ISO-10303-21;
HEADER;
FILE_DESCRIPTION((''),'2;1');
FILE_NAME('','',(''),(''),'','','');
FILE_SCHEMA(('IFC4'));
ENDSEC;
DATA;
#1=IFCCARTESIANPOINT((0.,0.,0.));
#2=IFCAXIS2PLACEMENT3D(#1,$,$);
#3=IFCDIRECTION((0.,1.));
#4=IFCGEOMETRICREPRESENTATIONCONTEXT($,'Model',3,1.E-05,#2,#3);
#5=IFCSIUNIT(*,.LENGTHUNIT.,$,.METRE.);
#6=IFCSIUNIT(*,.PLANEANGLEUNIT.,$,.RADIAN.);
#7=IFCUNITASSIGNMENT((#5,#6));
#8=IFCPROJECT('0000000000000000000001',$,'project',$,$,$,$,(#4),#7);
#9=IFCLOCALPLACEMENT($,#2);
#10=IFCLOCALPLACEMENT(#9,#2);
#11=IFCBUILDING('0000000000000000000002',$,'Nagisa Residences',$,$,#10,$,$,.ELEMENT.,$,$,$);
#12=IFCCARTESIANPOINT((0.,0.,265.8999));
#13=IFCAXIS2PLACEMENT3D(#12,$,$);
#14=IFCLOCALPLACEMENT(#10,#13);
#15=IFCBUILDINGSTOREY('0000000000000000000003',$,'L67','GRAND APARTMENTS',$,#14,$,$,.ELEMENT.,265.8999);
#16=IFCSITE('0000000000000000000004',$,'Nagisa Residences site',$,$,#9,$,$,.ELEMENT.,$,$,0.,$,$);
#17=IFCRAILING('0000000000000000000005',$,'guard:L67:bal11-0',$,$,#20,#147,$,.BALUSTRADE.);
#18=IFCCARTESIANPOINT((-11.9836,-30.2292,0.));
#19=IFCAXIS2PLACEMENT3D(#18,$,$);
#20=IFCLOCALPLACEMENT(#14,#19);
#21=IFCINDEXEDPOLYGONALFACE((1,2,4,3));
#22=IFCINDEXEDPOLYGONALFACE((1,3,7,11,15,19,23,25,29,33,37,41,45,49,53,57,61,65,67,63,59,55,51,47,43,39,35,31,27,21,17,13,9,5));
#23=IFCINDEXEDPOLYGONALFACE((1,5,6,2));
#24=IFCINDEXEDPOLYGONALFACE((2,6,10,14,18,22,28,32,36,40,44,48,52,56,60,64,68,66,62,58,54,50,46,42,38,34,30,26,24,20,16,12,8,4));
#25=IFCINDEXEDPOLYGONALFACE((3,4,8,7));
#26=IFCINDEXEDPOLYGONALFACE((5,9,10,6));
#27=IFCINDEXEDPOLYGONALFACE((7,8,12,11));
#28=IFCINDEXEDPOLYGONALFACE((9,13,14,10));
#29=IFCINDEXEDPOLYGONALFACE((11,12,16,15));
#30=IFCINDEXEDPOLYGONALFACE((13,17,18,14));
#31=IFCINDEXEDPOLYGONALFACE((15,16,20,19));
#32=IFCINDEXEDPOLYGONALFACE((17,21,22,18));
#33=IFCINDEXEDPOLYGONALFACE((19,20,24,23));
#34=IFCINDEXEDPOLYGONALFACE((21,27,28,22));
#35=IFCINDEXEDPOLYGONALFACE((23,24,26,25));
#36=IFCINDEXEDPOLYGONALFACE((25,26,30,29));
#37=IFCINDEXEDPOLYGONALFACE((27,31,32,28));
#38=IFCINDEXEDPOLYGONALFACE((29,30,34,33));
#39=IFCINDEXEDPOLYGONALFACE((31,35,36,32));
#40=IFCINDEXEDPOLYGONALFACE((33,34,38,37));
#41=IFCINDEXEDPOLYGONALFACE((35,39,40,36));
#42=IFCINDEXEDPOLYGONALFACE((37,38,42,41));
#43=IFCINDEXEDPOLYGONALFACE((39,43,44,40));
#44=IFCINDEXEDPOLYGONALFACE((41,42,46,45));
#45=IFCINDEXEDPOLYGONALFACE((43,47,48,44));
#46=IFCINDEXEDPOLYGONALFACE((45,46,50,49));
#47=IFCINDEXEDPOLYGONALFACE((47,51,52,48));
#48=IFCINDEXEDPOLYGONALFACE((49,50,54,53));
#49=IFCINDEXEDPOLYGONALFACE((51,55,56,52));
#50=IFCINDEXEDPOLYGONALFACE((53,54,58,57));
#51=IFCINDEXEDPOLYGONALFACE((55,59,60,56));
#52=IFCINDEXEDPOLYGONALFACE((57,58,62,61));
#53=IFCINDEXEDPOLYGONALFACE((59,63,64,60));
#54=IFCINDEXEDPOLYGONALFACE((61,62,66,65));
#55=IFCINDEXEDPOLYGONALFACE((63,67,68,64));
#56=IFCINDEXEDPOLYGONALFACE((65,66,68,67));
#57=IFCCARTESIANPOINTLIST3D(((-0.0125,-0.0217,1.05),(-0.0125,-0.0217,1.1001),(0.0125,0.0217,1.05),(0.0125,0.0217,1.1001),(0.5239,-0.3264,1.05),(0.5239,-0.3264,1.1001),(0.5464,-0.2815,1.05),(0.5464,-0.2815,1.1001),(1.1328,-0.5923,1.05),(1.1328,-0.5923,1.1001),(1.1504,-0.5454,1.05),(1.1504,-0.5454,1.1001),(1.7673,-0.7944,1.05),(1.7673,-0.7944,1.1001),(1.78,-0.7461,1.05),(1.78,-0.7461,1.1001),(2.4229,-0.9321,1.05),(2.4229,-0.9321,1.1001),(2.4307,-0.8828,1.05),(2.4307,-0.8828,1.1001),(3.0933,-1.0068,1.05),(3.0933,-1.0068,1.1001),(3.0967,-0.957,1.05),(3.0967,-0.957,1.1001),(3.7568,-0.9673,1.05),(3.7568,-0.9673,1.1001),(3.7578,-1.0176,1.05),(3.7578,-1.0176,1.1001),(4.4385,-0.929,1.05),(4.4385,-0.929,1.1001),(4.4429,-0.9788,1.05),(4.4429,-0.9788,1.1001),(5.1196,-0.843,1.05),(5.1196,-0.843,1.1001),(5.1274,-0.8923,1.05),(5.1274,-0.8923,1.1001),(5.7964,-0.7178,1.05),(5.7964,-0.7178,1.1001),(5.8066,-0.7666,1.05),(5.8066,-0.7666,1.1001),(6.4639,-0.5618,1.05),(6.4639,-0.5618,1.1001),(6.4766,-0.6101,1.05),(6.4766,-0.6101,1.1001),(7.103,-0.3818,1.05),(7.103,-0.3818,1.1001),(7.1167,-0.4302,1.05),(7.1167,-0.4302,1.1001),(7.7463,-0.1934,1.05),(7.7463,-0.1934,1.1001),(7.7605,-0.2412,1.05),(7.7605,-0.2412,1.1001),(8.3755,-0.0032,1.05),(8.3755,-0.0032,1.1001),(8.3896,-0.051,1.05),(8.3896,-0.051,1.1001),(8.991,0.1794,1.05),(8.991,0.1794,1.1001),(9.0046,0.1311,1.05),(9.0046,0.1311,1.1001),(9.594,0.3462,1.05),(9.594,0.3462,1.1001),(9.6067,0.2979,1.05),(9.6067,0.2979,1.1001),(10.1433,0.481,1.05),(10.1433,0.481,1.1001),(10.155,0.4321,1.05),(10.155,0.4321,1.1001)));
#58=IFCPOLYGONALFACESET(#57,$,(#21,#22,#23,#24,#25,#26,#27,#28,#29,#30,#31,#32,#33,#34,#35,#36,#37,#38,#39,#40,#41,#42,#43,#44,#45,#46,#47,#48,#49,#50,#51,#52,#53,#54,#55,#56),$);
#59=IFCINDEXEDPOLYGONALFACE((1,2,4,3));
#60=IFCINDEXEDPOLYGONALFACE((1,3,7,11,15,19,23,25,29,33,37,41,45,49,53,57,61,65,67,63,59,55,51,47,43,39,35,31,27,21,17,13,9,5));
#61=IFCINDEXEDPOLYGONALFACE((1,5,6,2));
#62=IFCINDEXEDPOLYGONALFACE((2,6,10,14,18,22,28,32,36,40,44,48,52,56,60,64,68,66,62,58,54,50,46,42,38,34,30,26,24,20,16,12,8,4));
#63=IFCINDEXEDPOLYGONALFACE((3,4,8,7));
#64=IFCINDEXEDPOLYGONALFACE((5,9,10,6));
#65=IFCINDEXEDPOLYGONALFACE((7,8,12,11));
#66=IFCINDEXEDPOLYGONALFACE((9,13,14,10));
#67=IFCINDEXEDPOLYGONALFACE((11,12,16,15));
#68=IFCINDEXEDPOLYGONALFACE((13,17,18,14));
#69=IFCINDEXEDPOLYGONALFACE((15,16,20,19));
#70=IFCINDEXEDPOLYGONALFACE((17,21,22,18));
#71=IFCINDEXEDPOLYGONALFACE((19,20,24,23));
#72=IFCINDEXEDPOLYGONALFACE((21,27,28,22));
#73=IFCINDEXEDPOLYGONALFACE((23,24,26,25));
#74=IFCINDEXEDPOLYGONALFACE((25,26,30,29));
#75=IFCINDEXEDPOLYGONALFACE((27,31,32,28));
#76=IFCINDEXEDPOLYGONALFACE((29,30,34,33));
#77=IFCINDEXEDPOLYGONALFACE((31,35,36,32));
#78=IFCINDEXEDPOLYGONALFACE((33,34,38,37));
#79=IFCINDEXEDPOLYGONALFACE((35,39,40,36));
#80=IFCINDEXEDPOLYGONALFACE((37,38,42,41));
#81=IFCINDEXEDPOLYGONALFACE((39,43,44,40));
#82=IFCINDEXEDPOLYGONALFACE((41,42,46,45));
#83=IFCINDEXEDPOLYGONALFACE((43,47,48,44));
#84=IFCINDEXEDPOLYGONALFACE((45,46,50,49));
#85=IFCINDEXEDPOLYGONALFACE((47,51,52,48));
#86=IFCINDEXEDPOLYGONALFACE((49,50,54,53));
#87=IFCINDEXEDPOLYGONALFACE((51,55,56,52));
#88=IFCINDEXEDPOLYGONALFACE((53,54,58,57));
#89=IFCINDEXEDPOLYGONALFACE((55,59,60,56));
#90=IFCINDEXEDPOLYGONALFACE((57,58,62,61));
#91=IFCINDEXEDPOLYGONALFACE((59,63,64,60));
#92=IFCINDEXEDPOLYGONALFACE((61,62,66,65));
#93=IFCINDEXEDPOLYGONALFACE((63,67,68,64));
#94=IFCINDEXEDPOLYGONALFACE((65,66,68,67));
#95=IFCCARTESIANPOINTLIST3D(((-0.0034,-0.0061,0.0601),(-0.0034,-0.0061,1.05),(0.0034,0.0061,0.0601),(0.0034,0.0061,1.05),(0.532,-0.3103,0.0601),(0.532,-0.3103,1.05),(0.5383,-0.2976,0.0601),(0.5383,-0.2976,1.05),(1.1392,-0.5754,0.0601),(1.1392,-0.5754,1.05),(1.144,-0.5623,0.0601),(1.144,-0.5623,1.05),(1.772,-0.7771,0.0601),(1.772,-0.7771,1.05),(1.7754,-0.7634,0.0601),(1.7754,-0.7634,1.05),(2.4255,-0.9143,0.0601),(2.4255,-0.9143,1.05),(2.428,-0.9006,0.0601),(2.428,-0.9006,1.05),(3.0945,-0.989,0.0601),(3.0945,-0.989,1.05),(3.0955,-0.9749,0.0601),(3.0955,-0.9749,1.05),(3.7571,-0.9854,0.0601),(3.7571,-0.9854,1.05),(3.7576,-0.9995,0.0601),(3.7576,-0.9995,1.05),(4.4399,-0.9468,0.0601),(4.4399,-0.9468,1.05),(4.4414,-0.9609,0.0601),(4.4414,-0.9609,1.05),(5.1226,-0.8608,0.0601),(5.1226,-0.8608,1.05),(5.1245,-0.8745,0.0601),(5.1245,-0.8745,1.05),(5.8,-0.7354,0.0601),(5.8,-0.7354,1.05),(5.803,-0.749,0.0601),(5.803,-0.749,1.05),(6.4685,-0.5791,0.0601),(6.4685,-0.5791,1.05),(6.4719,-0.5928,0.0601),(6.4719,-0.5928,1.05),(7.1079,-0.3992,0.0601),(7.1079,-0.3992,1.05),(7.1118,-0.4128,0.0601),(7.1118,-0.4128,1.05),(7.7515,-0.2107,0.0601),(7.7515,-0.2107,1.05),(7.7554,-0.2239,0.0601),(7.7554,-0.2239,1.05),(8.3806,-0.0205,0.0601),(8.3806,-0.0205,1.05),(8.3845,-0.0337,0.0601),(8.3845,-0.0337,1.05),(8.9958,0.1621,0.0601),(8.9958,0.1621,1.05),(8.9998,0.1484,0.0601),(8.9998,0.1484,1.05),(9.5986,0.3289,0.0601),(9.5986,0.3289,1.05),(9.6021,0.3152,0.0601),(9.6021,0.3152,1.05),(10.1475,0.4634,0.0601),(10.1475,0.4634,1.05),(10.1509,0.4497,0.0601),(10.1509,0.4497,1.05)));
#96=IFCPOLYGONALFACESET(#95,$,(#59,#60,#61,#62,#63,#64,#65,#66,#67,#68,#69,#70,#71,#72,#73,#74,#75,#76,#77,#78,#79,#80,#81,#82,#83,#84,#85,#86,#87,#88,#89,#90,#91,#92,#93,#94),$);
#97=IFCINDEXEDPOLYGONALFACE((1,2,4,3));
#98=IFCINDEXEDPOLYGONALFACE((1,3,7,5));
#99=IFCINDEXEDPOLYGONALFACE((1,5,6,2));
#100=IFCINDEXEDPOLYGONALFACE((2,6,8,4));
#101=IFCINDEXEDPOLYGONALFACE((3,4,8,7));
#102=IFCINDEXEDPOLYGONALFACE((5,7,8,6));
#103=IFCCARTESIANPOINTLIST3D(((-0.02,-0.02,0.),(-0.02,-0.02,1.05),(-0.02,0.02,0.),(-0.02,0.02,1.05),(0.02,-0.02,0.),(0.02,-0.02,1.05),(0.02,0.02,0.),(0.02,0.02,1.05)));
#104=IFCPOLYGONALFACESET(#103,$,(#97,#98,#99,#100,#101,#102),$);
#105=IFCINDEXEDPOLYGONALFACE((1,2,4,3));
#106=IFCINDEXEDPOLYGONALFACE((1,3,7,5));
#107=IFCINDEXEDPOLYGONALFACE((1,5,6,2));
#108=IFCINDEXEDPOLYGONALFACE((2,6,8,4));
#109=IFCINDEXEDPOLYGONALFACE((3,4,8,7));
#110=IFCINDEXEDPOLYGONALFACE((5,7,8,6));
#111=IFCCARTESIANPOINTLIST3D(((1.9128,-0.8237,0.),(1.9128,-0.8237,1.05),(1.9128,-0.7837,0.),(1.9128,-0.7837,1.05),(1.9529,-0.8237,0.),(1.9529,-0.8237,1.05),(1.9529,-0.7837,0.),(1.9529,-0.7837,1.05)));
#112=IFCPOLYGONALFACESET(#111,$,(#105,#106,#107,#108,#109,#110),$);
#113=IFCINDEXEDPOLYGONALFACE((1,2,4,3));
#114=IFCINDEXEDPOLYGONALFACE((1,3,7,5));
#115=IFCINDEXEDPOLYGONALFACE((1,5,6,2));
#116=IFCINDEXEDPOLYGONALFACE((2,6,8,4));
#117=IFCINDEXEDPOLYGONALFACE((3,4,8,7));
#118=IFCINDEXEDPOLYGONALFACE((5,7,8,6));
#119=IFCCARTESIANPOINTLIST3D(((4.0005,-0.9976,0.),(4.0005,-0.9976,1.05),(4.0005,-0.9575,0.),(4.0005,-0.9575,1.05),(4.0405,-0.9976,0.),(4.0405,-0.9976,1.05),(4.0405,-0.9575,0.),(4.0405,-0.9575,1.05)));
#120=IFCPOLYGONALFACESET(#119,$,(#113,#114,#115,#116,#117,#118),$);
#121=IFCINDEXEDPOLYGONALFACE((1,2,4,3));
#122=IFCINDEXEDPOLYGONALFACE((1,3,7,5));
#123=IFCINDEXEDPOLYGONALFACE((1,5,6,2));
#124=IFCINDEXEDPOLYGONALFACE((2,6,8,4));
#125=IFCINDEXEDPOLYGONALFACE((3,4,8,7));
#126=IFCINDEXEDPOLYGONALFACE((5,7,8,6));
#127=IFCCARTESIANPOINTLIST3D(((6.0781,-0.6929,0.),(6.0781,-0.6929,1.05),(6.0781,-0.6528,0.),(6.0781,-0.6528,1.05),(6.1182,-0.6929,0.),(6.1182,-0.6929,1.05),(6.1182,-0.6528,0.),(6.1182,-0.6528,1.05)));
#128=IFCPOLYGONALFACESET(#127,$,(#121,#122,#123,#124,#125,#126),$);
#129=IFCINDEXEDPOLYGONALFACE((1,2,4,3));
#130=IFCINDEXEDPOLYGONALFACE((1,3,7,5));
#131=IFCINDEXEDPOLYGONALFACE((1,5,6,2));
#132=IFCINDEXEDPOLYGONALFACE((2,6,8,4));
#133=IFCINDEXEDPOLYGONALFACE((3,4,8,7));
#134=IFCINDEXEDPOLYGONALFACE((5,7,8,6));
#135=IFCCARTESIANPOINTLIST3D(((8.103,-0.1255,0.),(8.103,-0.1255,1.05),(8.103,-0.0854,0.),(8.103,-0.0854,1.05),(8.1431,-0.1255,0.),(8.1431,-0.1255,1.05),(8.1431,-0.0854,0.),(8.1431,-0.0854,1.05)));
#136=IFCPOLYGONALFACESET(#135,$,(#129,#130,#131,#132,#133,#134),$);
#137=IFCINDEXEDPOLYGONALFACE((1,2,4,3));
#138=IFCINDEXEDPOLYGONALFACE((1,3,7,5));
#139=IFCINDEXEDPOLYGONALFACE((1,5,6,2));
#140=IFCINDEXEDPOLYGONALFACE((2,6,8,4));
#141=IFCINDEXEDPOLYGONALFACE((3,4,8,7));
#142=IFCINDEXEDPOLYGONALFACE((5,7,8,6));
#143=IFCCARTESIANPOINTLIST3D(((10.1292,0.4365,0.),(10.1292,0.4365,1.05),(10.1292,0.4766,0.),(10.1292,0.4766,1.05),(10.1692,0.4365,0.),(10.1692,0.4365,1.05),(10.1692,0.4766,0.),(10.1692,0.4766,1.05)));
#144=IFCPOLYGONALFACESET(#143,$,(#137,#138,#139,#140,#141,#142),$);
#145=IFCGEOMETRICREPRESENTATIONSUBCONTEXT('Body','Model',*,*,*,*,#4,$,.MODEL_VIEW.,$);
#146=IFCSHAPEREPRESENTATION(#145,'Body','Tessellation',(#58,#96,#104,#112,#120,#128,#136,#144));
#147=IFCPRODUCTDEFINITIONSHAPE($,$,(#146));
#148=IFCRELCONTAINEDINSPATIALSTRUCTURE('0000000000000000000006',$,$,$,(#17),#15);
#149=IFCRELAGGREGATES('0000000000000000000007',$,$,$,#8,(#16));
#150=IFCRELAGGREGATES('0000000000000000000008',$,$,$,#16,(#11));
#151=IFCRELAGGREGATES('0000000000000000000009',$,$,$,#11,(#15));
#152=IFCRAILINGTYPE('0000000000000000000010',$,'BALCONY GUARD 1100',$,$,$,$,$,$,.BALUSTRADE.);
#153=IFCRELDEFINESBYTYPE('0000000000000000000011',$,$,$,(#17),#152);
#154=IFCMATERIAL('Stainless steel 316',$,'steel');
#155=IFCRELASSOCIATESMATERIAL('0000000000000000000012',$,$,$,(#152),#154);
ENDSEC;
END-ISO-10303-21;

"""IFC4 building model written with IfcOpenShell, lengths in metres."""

from ifc_helpers import new_model, si_unit, direction, frame, origin, origin_2d, place, context, subcontext, project, spatial, polyline, rectangle, outline, extrude, material, type_object, element, save


model = new_model("IFC4")

# Units and contexts
model_context = context("Model", 3, precision=1e-05, world=origin(), true_north=direction((0.0, 1.0)))
body_context = subcontext(model_context, "Body", "Model", "MODEL_VIEW")
ifc_project = project(units=[si_unit("LENGTHUNIT", "METRE"), si_unit("PLANEANGLEUNIT", "RADIAN")], contexts=[model_context])

# Site, building, storey
site_placement = place(None, origin())
site = spatial("IfcSite", under=ifc_project, at=site_placement, Name="Nagisa Residences site", CompositionType="ELEMENT", RefElevation=0.0)
building_placement = place(site_placement, origin())
building = spatial("IfcBuilding", under=site, at=building_placement, Name="Nagisa Residences", CompositionType="ELEMENT")
storey_placement = place(building_placement, frame((0.0, 0.0, 265.8999)))
storey = spatial("IfcBuildingStorey", under=building, at=storey_placement, Name="L67", Description="GRAND APARTMENTS", CompositionType="ELEMENT", Elevation=265.8999)

# Railing
ifc_material_1 = material(Name="Stainless steel 316", Category="steel")
railing_type = type_object("IfcRailingType", Name="BALCONY GUARD 1100", PredefinedType="BALUSTRADE", material=ifc_material_1)
railing_1_placement = place(storey_placement, frame((-11.9836, -30.2292, 0.0)))
element("IfcRailing", 1, at=railing_1_placement, inside=storey, type_object=railing_type, Name="guard:L67:bal11-0", PredefinedType="BALUSTRADE", context=body_context, shape_type="SweptSolid", body=[
    extrude(outline(polyline([(0.5464, -0.2815), (0.0125, 0.0217), (-0.0125, -0.0217), (0.5239, -0.3264), (1.1328, -0.5923), (1.7673, -0.7944), (2.4229, -0.9321), (3.0933, -1.0068), (3.7578, -1.0176), (4.4429, -0.9788), (5.1274, -0.8923), (5.8066, -0.7666), (6.4766, -0.6101), (7.1167, -0.4302), (7.7605, -0.2412), (8.3896, -0.051), (9.0046, 0.1311), (9.6067, 0.2979), (10.155, 0.4321), (10.1433, 0.481), (9.594, 0.3462), (8.991, 0.1794), (8.3755, -0.0032), (7.7463, -0.1934), (7.103, -0.3818), (6.4639, -0.5618), (5.7964, -0.7178), (5.1196, -0.843), (4.4385, -0.929), (3.7568, -0.9673), (3.0967, -0.957), (2.4307, -0.8828), (1.78, -0.7461), (1.1504, -0.5454), (0.5464, -0.2815)])), frame((0.0, 0.0, 1.05)), (0.0, 0.0, 1.0), 0.05),
    extrude(outline(polyline([(0.5383, -0.2976), (0.0034, 0.0061), (-0.0034, -0.0061), (0.532, -0.3103), (1.1392, -0.5754), (1.772, -0.7771), (2.4255, -0.9143), (3.0945, -0.989), (3.7576, -0.9995), (4.4414, -0.9609), (5.1245, -0.8745), (5.803, -0.749), (6.4719, -0.5928), (7.1118, -0.4128), (7.7554, -0.2239), (8.3845, -0.0337), (8.9998, 0.1484), (9.6021, 0.3152), (10.1509, 0.4497), (10.1475, 0.4634), (9.5986, 0.3289), (8.9958, 0.1621), (8.3806, -0.0205), (7.7515, -0.2107), (7.1079, -0.3992), (6.4685, -0.5791), (5.8, -0.7354), (5.1226, -0.8608), (4.4399, -0.9468), (3.7571, -0.9854), (3.0955, -0.9749), (2.428, -0.9006), (1.7754, -0.7634), (1.144, -0.5623), (0.5383, -0.2976)])), frame((0.0, 0.0, 0.0601)), (0.0, 0.0, 1.0), 0.99),
    extrude(rectangle(XDim=0.04, YDim=0.04, at=origin_2d()), origin(), (0.0, 0.0, 1.0), 1.05),
    extrude(rectangle(XDim=0.04, YDim=0.04, at=origin_2d()), frame((1.9329, -0.8037, 0.0)), (0.0, 0.0, 1.0), 1.05),
    extrude(rectangle(XDim=0.04, YDim=0.04, at=origin_2d()), frame((4.0205, -0.9775, 0.0)), (0.0, 0.0, 1.0), 1.05),
    extrude(rectangle(XDim=0.04, YDim=0.04, at=origin_2d()), frame((6.0981, -0.6729, 0.0)), (0.0, 0.0, 1.0), 1.05),
    extrude(rectangle(XDim=0.04, YDim=0.04, at=origin_2d()), frame((8.123, -0.1055, 0.0)), (0.0, 0.0, 1.0), 1.05),
    extrude(rectangle(XDim=0.04, YDim=0.04, at=origin_2d()), frame((10.1492, 0.4565, 0.0)), (0.0, 0.0, 1.0), 1.05),
])

save(model, "model.ifc")
